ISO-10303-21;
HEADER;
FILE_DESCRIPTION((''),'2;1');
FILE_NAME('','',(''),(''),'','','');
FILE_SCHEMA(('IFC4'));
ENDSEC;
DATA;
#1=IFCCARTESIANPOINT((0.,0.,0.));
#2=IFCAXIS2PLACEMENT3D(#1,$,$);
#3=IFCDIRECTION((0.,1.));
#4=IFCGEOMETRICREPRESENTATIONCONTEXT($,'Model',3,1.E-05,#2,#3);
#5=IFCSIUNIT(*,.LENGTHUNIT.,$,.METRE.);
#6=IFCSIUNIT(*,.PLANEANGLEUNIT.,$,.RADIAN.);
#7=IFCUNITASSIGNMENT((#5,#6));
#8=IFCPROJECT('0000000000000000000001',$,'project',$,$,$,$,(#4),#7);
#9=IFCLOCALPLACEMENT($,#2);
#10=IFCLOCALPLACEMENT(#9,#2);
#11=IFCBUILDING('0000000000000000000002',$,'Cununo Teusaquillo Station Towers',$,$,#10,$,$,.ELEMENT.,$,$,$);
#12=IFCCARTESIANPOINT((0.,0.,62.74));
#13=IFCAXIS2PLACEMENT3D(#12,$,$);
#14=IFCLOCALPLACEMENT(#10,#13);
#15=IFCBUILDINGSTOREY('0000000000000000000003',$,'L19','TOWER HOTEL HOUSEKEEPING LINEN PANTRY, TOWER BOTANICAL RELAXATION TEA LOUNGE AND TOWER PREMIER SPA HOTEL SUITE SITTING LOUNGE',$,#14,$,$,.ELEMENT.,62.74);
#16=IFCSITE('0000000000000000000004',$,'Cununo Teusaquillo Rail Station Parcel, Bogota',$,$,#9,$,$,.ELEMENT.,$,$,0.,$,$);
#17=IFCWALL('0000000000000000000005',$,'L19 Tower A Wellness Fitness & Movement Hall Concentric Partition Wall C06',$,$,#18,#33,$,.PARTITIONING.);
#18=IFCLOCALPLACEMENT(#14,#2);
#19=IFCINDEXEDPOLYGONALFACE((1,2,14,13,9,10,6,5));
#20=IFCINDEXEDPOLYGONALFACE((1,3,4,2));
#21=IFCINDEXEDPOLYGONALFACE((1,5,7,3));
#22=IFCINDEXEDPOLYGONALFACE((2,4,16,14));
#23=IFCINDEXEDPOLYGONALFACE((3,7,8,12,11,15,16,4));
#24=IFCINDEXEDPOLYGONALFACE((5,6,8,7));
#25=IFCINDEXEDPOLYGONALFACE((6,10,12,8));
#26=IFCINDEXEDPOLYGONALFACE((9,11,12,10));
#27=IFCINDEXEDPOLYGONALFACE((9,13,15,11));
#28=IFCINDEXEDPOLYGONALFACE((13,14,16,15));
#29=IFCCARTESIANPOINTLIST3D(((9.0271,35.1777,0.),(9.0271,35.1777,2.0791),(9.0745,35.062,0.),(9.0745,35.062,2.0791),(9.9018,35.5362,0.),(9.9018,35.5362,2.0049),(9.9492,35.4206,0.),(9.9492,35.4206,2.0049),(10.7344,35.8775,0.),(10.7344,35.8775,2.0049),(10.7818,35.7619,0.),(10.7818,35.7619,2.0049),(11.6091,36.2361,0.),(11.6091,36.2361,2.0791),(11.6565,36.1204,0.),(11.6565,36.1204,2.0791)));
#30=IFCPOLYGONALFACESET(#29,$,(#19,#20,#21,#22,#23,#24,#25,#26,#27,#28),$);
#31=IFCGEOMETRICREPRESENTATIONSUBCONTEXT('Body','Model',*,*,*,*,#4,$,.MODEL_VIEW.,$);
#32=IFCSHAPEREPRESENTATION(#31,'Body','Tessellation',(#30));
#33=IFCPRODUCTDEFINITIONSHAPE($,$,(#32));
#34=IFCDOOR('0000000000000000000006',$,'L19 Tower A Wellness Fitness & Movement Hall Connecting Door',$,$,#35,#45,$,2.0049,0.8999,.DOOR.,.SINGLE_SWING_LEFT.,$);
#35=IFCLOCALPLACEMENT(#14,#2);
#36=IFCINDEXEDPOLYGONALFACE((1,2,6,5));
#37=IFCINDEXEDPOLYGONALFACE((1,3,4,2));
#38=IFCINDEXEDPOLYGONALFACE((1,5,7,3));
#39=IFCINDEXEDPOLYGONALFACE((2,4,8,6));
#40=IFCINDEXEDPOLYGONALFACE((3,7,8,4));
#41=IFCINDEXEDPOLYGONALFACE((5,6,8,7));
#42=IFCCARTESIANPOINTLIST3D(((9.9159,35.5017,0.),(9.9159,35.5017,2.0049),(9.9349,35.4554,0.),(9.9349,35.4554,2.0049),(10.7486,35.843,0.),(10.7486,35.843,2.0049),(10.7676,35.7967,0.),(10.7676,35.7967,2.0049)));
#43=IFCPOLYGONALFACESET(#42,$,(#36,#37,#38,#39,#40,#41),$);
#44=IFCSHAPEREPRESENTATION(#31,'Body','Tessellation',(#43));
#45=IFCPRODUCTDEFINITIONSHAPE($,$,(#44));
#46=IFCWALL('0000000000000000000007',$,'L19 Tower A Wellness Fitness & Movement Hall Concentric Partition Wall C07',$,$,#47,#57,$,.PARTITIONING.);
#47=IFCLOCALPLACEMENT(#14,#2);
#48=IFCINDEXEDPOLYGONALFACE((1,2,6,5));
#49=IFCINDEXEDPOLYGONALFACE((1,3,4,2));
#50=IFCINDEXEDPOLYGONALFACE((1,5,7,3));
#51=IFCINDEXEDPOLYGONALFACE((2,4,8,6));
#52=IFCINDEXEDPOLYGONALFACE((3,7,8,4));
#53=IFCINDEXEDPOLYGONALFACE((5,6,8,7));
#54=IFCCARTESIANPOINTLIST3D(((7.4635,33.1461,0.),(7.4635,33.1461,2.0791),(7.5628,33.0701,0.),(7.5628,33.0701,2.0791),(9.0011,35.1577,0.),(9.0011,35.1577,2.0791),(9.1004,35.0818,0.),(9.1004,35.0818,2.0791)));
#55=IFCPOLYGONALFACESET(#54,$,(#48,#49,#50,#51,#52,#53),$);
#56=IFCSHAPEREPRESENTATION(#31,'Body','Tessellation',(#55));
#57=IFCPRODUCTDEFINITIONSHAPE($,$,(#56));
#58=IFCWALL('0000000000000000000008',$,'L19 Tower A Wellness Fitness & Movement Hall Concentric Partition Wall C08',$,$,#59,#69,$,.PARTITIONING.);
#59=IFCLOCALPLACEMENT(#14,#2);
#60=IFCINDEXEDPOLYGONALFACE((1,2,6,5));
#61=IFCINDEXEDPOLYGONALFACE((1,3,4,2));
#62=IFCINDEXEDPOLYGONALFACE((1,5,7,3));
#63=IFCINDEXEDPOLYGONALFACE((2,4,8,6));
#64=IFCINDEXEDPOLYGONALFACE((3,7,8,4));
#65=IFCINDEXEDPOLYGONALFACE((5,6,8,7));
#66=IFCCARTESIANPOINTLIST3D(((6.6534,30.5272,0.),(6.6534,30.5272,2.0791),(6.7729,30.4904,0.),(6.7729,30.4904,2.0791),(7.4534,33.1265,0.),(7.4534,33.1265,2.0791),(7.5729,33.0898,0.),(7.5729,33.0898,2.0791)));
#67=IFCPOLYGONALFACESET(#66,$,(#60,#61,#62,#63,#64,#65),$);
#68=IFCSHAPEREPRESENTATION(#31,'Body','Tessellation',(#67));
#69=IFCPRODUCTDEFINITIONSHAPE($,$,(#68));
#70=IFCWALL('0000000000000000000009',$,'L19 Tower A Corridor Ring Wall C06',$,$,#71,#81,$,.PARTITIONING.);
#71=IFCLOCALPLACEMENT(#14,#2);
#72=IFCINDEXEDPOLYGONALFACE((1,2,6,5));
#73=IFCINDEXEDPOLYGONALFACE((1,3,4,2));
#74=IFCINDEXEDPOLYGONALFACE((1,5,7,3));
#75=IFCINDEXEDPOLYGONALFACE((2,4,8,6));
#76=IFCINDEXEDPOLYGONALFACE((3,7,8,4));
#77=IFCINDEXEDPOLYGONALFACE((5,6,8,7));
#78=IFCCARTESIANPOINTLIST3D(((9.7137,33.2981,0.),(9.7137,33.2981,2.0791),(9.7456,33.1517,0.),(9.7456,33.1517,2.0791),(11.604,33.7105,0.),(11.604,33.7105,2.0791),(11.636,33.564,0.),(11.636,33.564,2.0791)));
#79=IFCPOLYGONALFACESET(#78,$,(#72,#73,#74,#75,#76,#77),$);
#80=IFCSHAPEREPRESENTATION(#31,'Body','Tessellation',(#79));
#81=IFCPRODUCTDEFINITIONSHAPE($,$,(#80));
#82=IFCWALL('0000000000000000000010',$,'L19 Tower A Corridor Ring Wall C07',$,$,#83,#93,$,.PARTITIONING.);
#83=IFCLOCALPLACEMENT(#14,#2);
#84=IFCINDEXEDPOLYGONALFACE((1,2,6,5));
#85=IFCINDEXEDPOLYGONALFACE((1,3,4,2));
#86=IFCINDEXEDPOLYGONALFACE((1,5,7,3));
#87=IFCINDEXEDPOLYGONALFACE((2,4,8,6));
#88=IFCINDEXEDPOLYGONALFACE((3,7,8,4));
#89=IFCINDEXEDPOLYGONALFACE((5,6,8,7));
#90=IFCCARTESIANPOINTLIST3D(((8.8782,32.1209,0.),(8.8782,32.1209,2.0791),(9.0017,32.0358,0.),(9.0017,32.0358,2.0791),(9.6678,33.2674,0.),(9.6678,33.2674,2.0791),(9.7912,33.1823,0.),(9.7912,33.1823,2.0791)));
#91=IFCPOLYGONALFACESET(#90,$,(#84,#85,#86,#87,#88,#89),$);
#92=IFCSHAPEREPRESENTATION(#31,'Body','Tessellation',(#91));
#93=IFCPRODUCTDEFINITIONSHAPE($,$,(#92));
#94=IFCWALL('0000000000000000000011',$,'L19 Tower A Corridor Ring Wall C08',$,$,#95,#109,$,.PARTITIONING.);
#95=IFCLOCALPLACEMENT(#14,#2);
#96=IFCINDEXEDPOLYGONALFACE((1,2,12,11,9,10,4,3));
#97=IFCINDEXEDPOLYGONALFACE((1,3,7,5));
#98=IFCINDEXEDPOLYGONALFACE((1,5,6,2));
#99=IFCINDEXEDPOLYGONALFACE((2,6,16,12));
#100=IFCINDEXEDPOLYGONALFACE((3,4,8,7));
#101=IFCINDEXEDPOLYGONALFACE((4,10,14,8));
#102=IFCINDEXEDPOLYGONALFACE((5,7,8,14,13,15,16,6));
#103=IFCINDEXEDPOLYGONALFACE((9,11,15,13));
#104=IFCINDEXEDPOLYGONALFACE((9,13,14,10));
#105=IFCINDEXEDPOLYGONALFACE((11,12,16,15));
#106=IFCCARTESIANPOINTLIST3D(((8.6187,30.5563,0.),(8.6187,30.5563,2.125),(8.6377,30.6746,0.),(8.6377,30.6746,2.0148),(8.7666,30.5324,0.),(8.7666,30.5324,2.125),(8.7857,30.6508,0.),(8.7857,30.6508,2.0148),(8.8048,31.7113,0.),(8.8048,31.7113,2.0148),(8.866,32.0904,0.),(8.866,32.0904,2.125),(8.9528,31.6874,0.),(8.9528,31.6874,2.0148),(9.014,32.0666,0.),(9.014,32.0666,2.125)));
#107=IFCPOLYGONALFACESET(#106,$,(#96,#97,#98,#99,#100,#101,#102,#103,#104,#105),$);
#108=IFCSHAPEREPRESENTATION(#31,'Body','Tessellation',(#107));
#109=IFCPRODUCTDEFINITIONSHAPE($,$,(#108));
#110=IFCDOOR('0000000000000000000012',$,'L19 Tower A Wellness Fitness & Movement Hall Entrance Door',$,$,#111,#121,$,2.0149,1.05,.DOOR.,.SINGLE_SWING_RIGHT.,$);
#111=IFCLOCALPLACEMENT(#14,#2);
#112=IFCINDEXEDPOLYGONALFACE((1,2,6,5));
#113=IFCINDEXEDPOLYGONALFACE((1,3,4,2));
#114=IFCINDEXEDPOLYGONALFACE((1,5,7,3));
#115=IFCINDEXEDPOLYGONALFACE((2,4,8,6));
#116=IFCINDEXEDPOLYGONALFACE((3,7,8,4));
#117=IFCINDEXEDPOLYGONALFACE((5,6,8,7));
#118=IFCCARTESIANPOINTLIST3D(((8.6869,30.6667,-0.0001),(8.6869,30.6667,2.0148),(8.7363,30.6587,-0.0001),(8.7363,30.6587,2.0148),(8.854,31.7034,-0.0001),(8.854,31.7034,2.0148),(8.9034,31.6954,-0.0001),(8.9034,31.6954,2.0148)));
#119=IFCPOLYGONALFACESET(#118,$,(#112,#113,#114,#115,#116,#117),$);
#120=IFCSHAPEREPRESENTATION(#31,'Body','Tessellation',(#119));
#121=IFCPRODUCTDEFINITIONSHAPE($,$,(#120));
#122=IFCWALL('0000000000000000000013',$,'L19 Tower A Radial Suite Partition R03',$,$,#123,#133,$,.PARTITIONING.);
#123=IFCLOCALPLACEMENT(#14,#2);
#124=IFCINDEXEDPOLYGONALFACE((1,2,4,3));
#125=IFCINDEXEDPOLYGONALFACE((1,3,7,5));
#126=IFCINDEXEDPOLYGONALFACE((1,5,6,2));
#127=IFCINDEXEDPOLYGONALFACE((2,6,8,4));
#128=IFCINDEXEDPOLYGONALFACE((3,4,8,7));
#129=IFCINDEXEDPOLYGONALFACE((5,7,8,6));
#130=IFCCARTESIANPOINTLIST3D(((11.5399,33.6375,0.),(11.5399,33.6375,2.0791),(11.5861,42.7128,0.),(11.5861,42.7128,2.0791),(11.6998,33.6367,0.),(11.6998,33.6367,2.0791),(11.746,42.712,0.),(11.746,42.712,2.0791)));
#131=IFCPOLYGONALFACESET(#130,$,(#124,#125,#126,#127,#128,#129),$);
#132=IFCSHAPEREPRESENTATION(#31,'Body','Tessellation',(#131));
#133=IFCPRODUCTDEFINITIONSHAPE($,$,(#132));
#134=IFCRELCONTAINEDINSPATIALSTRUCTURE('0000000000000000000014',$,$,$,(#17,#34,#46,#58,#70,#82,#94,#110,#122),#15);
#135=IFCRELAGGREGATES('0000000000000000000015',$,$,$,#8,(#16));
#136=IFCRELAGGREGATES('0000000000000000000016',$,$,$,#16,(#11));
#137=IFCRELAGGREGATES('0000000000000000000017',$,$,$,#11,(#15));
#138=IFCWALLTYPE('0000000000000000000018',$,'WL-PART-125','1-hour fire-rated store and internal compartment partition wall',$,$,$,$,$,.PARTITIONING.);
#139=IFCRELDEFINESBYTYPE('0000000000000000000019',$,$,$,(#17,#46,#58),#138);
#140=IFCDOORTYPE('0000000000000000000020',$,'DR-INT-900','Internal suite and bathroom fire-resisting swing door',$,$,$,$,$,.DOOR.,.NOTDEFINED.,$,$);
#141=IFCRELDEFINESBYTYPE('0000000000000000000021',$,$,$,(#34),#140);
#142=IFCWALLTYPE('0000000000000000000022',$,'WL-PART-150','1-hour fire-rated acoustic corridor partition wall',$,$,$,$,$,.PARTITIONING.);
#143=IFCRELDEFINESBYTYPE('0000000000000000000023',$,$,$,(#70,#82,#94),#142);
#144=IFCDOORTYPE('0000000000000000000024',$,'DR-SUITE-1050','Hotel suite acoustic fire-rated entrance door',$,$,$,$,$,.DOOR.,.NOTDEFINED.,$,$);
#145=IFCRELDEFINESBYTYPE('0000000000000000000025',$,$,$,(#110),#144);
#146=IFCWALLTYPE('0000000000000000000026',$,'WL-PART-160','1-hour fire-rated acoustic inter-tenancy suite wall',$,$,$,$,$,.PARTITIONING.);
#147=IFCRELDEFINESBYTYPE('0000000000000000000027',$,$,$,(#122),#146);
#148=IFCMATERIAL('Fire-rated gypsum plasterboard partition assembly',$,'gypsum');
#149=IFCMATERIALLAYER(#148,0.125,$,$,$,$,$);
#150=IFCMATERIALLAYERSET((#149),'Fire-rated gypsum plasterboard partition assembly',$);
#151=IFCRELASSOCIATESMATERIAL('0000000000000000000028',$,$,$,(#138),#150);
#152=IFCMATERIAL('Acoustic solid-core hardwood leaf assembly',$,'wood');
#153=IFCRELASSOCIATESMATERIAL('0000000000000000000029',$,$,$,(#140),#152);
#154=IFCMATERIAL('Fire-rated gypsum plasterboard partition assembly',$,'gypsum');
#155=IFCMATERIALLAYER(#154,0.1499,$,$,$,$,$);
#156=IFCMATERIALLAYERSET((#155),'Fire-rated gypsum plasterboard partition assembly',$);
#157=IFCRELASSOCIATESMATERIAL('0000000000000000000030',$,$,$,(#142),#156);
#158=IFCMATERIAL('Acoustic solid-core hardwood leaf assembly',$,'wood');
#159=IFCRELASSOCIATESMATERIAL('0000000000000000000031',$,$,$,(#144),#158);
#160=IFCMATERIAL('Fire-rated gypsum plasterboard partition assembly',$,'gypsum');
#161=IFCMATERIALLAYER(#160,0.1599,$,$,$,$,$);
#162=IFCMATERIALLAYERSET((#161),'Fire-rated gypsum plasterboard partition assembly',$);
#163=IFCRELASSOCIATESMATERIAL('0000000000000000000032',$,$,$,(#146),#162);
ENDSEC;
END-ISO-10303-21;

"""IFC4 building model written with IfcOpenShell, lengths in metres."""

from ifc_helpers import new_model, si_unit, direction, frame, frame_2d, origin, place, context, subcontext, project, spatial, rectangle, extrude, source, transform, mapped, material, layer, layer_set, type_object, element, fill, save


model = new_model("IFC4")

# Units and contexts
model_context = context("Model", 3, precision=1e-05, world=origin(), true_north=direction((0.0, 1.0)))
body_context = subcontext(model_context, "Body", "Model", "MODEL_VIEW")
ifc_project = project(units=[si_unit("LENGTHUNIT", "METRE"), si_unit("PLANEANGLEUNIT", "RADIAN")], contexts=[model_context])

# Site, building, storey
site_placement = place(None, origin())
site = spatial("IfcSite", under=ifc_project, at=site_placement, Name="Cununo Teusaquillo Rail Station Parcel, Bogota", CompositionType="ELEMENT", RefElevation=0.0)
building_placement = place(site_placement, origin())
building = spatial("IfcBuilding", under=site, at=building_placement, Name="Cununo Teusaquillo Station Towers", CompositionType="ELEMENT")
storey_placement = place(building_placement, frame((0.0, 0.0, 62.74)))
storey = spatial("IfcBuildingStorey", under=building, at=storey_placement, Name="L19", Description="TOWER HOTEL HOUSEKEEPING LINEN PANTRY, TOWER BOTANICAL RELAXATION TEA LOUNGE AND TOWER PREMIER SPA HOTEL SUITE SITTING LOUNGE", CompositionType="ELEMENT", Elevation=62.74)

# Shared definitions
ifc_material_1 = material(Name="Fire-rated gypsum plasterboard partition assembly", Category="gypsum")
ifc_layer_1 = layer(ifc_material_1, 0.125)
ifc_layer_set_1 = layer_set([ifc_layer_1], Name="Fire-rated gypsum plasterboard partition assembly")
wall_type_1 = type_object("IfcWallType", Name="WL-PART-125", Description="1-hour fire-rated store and internal compartment partition wall", PredefinedType="PARTITIONING", material=ifc_layer_set_1)

# Wall, opening, door
shared_shape_1 = source(origin(), body_context, "Body", "SweptSolid", [
    extrude(rectangle(XDim=0.8999, YDim=2.0049, at=frame_2d((0.45, 1.0024))), frame((0.0, 0.0725, 0.0), z_axis=(0.0, -1.0, 0.0), x_axis=(1.0, 0.0, 0.0)), (0.0, 0.0, 1.0), 0.145),
])
ifc_material_2 = material(Name="Acoustic solid-core hardwood leaf assembly", Category="wood")
door_type_1 = type_object("IfcDoorType", Name="DR-INT-900", Description="Internal suite and bathroom fire-resisting swing door", OperationType="NOTDEFINED", PredefinedType="DOOR", material=ifc_material_2)
shared_shape_2 = source(origin(), body_context, "Body", "SweptSolid", [
    extrude(rectangle(XDim=0.8999, YDim=2.0049, at=frame_2d((0.45, 1.0024))), frame((0.0, 0.0249, 0.0), z_axis=(0.0, -1.0, 0.0), x_axis=(1.0, 0.0, 0.0)), (0.0, 0.0, 1.0), 0.05),
])
wall_1_placement = place(storey_placement, frame((11.6328, 36.1782, 0.0), z_axis=(0.0, 0.0, 1.0), x_axis=(-0.925288, -0.379266, 0.0)))
wall_1 = element("IfcWall", 1, at=wall_1_placement, inside=storey, type_object=wall_type_1, Name="L19 Tower A Wellness Fitness & Movement Hall Concentric Partition Wall C06", PredefinedType="PARTITIONING", context=body_context, shape_type="SweptSolid", body=[
    extrude(rectangle(XDim=2.7905, YDim=0.125, at=frame_2d((1.3953, 0.0))), origin(), (0.0, 0.0, 1.0), 2.0791),
])
opening_1_placement = place(wall_1_placement, frame((0.9453, 0.0, 0.0)))
opening_1 = element("IfcOpeningElement", 2, at=opening_1_placement, cuts=wall_1, PredefinedType="OPENING", context=body_context, shape_type="MappedRepresentation", body=[
    mapped(shared_shape_1, transform((0.0, 0.0, 0.0), x_axis=(1.0, 0.0, 0.0), y_axis=(0.0, 1.0, 0.0), z_axis=(0.0, 0.0, 1.0), scale=1.0)),
])
door_1_placement = place(opening_1_placement, origin())
door_1 = element("IfcDoor", 3, at=door_1_placement, inside=storey, type_object=door_type_1, Name="L19 Tower A Wellness Fitness & Movement Hall Connecting Door", OperationType="SINGLE_SWING_LEFT", OverallHeight=2.0049, OverallWidth=0.8999, PredefinedType="DOOR", context=body_context, shape_type="MappedRepresentation", body=[
    mapped(shared_shape_2, transform((0.0, 0.0, 0.0), x_axis=(1.0, 0.0, 0.0), y_axis=(0.0, 1.0, 0.0), z_axis=(0.0, 0.0, 1.0), scale=1.0)),
])
fill(opening_1, door_1)

# Walls
wall_2_placement = place(storey_placement, frame((9.0508, 35.1199, 0.0), z_axis=(0.0, 0.0, 1.0), x_axis=(-0.607257, -0.794506, 0.0)))
element("IfcWall", 4, at=wall_2_placement, inside=storey, type_object=wall_type_1, Name="L19 Tower A Wellness Fitness & Movement Hall Concentric Partition Wall C07", PredefinedType="PARTITIONING", context=body_context, shape_type="SweptSolid", body=[
    extrude(rectangle(XDim=2.532, YDim=0.125, at=frame_2d((1.2661, 0.0))), origin(), (0.0, 0.0, 1.0), 2.0791),
])
wall_3_placement = place(storey_placement, frame((7.5132, 33.1082, 0.0), z_axis=(0.0, 0.0, 1.0), x_axis=(-0.294168, -0.955754, 0.0)))
element("IfcWall", 5, at=wall_3_placement, inside=storey, type_object=wall_type_1, Name="L19 Tower A Wellness Fitness & Movement Hall Concentric Partition Wall C08", PredefinedType="PARTITIONING", context=body_context, shape_type="SweptSolid", body=[
    extrude(rectangle(XDim=2.7197, YDim=0.125, at=frame_2d((1.3599, 0.0))), origin(), (0.0, 0.0, 1.0), 2.0791),
])
ifc_material_3 = material(Name="Fire-rated gypsum plasterboard partition assembly", Category="gypsum")
ifc_layer_2 = layer(ifc_material_3, 0.1499)
ifc_layer_set_2 = layer_set([ifc_layer_2], Name="Fire-rated gypsum plasterboard partition assembly")
wall_type_2 = type_object("IfcWallType", Name="WL-PART-150", Description="1-hour fire-rated acoustic corridor partition wall", PredefinedType="PARTITIONING", material=ifc_layer_set_2)
wall_4_placement = place(storey_placement, frame((11.6199, 33.6372, 0.0), z_axis=(0.0, 0.0, 1.0), x_axis=(-0.977026, -0.213121, 0.0)))
element("IfcWall", 6, at=wall_4_placement, inside=storey, type_object=wall_type_2, Name="L19 Tower A Corridor Ring Wall C06", PredefinedType="PARTITIONING", context=body_context, shape_type="SweptSolid", body=[
    extrude(rectangle(XDim=1.9348, YDim=0.1499, at=frame_2d((0.9673, 0.0))), origin(), (0.0, 0.0, 1.0), 2.0791),
])
wall_5_placement = place(storey_placement, frame((9.7295, 33.2249, 0.0), z_axis=(0.0, 0.0, 1.0), x_axis=(-0.567184, -0.823591, 0.0)))
element("IfcWall", 7, at=wall_5_placement, inside=storey, type_object=wall_type_2, Name="L19 Tower A Corridor Ring Wall C07", PredefinedType="PARTITIONING", context=body_context, shape_type="SweptSolid", body=[
    extrude(rectangle(XDim=1.3921, YDim=0.1499, at=frame_2d((0.696, 0.0))), origin(), (0.0, 0.0, 1.0), 2.0791),
])

# Wall, opening, door
wall_6_placement = place(storey_placement, frame((8.9399, 32.0784, 0.0), z_axis=(0.0, 0.0, 1.0), x_axis=(-0.159148, -0.987255, 0.0)))
wall_6 = element("IfcWall", 8, at=wall_6_placement, inside=storey, type_object=wall_type_2, Name="L19 Tower A Corridor Ring Wall C08", PredefinedType="PARTITIONING", context=body_context, shape_type="SweptSolid", body=[
    extrude(rectangle(XDim=1.554, YDim=0.1499, at=frame_2d((0.7769, 0.0))), origin(), (0.0, 0.0, 1.0), 2.125),
])
shared_shape_3 = source(origin(), body_context, "Body", "SweptSolid", [
    extrude(rectangle(XDim=1.05, YDim=2.0149, at=frame_2d((0.5249, 1.0073))), frame((0.0, 0.085, 0.0), z_axis=(0.0, -1.0, 0.0), x_axis=(1.0, 0.0, 0.0)), (0.0, 0.0, 1.0), 0.1699),
])
opening_2_placement = place(wall_6_placement, frame((0.384, 0.0, 0.0)))
opening_2 = element("IfcOpeningElement", 9, at=opening_2_placement, cuts=wall_6, PredefinedType="OPENING", context=body_context, shape_type="MappedRepresentation", body=[
    mapped(shared_shape_3, transform((0.0, 0.0, 0.0), x_axis=(1.0, 0.0, 0.0), y_axis=(0.0, 1.0, 0.0), z_axis=(0.0, 0.0, 1.0), scale=1.0)),
])
ifc_material_4 = material(Name="Acoustic solid-core hardwood leaf assembly", Category="wood")
door_type_2 = type_object("IfcDoorType", Name="DR-SUITE-1050", Description="Hotel suite acoustic fire-rated entrance door", OperationType="NOTDEFINED", PredefinedType="DOOR", material=ifc_material_4)
shared_shape_4 = source(origin(), body_context, "Body", "SweptSolid", [
    extrude(rectangle(XDim=1.05, YDim=2.0149, at=frame_2d((0.5249, 1.0073))), frame((0.0, 0.0249, 0.0), z_axis=(0.0, -1.0, 0.0), x_axis=(1.0, 0.0, 0.0)), (0.0, 0.0, 1.0), 0.05),
])
door_2_placement = place(opening_2_placement, origin())
door_2 = element("IfcDoor", 10, at=door_2_placement, inside=storey, type_object=door_type_2, Name="L19 Tower A Wellness Fitness & Movement Hall Entrance Door", OperationType="SINGLE_SWING_RIGHT", OverallHeight=2.0149, OverallWidth=1.05, PredefinedType="DOOR", context=body_context, shape_type="MappedRepresentation", body=[
    mapped(shared_shape_4, transform((0.0, 0.0, 0.0), x_axis=(1.0, 0.0, 0.0), y_axis=(0.0, 1.0, 0.0), z_axis=(0.0, 0.0, 1.0), scale=1.0)),
])
fill(opening_2, door_2)

# Wall
ifc_material_5 = material(Name="Fire-rated gypsum plasterboard partition assembly", Category="gypsum")
ifc_layer_3 = layer(ifc_material_5, 0.1599)
ifc_layer_set_3 = layer_set([ifc_layer_3], Name="Fire-rated gypsum plasterboard partition assembly")
wall_type_3 = type_object("IfcWallType", Name="WL-PART-160", Description="1-hour fire-rated acoustic inter-tenancy suite wall", PredefinedType="PARTITIONING", material=ifc_layer_set_3)
wall_7_placement = place(storey_placement, frame((11.6199, 33.6372, 0.0), z_axis=(0.0, 0.0, 1.0), x_axis=(0.005084, 0.999987, 0.0)))
element("IfcWall", 11, at=wall_7_placement, inside=storey, type_object=wall_type_3, Name="L19 Tower A Radial Suite Partition R03", PredefinedType="PARTITIONING", context=body_context, shape_type="SweptSolid", body=[
    extrude(rectangle(XDim=9.0754, YDim=0.1599, at=frame_2d((4.5376, 0.0))), origin(), (0.0, 0.0, 1.0), 2.0791),
])

save(model, "model.ifc")
